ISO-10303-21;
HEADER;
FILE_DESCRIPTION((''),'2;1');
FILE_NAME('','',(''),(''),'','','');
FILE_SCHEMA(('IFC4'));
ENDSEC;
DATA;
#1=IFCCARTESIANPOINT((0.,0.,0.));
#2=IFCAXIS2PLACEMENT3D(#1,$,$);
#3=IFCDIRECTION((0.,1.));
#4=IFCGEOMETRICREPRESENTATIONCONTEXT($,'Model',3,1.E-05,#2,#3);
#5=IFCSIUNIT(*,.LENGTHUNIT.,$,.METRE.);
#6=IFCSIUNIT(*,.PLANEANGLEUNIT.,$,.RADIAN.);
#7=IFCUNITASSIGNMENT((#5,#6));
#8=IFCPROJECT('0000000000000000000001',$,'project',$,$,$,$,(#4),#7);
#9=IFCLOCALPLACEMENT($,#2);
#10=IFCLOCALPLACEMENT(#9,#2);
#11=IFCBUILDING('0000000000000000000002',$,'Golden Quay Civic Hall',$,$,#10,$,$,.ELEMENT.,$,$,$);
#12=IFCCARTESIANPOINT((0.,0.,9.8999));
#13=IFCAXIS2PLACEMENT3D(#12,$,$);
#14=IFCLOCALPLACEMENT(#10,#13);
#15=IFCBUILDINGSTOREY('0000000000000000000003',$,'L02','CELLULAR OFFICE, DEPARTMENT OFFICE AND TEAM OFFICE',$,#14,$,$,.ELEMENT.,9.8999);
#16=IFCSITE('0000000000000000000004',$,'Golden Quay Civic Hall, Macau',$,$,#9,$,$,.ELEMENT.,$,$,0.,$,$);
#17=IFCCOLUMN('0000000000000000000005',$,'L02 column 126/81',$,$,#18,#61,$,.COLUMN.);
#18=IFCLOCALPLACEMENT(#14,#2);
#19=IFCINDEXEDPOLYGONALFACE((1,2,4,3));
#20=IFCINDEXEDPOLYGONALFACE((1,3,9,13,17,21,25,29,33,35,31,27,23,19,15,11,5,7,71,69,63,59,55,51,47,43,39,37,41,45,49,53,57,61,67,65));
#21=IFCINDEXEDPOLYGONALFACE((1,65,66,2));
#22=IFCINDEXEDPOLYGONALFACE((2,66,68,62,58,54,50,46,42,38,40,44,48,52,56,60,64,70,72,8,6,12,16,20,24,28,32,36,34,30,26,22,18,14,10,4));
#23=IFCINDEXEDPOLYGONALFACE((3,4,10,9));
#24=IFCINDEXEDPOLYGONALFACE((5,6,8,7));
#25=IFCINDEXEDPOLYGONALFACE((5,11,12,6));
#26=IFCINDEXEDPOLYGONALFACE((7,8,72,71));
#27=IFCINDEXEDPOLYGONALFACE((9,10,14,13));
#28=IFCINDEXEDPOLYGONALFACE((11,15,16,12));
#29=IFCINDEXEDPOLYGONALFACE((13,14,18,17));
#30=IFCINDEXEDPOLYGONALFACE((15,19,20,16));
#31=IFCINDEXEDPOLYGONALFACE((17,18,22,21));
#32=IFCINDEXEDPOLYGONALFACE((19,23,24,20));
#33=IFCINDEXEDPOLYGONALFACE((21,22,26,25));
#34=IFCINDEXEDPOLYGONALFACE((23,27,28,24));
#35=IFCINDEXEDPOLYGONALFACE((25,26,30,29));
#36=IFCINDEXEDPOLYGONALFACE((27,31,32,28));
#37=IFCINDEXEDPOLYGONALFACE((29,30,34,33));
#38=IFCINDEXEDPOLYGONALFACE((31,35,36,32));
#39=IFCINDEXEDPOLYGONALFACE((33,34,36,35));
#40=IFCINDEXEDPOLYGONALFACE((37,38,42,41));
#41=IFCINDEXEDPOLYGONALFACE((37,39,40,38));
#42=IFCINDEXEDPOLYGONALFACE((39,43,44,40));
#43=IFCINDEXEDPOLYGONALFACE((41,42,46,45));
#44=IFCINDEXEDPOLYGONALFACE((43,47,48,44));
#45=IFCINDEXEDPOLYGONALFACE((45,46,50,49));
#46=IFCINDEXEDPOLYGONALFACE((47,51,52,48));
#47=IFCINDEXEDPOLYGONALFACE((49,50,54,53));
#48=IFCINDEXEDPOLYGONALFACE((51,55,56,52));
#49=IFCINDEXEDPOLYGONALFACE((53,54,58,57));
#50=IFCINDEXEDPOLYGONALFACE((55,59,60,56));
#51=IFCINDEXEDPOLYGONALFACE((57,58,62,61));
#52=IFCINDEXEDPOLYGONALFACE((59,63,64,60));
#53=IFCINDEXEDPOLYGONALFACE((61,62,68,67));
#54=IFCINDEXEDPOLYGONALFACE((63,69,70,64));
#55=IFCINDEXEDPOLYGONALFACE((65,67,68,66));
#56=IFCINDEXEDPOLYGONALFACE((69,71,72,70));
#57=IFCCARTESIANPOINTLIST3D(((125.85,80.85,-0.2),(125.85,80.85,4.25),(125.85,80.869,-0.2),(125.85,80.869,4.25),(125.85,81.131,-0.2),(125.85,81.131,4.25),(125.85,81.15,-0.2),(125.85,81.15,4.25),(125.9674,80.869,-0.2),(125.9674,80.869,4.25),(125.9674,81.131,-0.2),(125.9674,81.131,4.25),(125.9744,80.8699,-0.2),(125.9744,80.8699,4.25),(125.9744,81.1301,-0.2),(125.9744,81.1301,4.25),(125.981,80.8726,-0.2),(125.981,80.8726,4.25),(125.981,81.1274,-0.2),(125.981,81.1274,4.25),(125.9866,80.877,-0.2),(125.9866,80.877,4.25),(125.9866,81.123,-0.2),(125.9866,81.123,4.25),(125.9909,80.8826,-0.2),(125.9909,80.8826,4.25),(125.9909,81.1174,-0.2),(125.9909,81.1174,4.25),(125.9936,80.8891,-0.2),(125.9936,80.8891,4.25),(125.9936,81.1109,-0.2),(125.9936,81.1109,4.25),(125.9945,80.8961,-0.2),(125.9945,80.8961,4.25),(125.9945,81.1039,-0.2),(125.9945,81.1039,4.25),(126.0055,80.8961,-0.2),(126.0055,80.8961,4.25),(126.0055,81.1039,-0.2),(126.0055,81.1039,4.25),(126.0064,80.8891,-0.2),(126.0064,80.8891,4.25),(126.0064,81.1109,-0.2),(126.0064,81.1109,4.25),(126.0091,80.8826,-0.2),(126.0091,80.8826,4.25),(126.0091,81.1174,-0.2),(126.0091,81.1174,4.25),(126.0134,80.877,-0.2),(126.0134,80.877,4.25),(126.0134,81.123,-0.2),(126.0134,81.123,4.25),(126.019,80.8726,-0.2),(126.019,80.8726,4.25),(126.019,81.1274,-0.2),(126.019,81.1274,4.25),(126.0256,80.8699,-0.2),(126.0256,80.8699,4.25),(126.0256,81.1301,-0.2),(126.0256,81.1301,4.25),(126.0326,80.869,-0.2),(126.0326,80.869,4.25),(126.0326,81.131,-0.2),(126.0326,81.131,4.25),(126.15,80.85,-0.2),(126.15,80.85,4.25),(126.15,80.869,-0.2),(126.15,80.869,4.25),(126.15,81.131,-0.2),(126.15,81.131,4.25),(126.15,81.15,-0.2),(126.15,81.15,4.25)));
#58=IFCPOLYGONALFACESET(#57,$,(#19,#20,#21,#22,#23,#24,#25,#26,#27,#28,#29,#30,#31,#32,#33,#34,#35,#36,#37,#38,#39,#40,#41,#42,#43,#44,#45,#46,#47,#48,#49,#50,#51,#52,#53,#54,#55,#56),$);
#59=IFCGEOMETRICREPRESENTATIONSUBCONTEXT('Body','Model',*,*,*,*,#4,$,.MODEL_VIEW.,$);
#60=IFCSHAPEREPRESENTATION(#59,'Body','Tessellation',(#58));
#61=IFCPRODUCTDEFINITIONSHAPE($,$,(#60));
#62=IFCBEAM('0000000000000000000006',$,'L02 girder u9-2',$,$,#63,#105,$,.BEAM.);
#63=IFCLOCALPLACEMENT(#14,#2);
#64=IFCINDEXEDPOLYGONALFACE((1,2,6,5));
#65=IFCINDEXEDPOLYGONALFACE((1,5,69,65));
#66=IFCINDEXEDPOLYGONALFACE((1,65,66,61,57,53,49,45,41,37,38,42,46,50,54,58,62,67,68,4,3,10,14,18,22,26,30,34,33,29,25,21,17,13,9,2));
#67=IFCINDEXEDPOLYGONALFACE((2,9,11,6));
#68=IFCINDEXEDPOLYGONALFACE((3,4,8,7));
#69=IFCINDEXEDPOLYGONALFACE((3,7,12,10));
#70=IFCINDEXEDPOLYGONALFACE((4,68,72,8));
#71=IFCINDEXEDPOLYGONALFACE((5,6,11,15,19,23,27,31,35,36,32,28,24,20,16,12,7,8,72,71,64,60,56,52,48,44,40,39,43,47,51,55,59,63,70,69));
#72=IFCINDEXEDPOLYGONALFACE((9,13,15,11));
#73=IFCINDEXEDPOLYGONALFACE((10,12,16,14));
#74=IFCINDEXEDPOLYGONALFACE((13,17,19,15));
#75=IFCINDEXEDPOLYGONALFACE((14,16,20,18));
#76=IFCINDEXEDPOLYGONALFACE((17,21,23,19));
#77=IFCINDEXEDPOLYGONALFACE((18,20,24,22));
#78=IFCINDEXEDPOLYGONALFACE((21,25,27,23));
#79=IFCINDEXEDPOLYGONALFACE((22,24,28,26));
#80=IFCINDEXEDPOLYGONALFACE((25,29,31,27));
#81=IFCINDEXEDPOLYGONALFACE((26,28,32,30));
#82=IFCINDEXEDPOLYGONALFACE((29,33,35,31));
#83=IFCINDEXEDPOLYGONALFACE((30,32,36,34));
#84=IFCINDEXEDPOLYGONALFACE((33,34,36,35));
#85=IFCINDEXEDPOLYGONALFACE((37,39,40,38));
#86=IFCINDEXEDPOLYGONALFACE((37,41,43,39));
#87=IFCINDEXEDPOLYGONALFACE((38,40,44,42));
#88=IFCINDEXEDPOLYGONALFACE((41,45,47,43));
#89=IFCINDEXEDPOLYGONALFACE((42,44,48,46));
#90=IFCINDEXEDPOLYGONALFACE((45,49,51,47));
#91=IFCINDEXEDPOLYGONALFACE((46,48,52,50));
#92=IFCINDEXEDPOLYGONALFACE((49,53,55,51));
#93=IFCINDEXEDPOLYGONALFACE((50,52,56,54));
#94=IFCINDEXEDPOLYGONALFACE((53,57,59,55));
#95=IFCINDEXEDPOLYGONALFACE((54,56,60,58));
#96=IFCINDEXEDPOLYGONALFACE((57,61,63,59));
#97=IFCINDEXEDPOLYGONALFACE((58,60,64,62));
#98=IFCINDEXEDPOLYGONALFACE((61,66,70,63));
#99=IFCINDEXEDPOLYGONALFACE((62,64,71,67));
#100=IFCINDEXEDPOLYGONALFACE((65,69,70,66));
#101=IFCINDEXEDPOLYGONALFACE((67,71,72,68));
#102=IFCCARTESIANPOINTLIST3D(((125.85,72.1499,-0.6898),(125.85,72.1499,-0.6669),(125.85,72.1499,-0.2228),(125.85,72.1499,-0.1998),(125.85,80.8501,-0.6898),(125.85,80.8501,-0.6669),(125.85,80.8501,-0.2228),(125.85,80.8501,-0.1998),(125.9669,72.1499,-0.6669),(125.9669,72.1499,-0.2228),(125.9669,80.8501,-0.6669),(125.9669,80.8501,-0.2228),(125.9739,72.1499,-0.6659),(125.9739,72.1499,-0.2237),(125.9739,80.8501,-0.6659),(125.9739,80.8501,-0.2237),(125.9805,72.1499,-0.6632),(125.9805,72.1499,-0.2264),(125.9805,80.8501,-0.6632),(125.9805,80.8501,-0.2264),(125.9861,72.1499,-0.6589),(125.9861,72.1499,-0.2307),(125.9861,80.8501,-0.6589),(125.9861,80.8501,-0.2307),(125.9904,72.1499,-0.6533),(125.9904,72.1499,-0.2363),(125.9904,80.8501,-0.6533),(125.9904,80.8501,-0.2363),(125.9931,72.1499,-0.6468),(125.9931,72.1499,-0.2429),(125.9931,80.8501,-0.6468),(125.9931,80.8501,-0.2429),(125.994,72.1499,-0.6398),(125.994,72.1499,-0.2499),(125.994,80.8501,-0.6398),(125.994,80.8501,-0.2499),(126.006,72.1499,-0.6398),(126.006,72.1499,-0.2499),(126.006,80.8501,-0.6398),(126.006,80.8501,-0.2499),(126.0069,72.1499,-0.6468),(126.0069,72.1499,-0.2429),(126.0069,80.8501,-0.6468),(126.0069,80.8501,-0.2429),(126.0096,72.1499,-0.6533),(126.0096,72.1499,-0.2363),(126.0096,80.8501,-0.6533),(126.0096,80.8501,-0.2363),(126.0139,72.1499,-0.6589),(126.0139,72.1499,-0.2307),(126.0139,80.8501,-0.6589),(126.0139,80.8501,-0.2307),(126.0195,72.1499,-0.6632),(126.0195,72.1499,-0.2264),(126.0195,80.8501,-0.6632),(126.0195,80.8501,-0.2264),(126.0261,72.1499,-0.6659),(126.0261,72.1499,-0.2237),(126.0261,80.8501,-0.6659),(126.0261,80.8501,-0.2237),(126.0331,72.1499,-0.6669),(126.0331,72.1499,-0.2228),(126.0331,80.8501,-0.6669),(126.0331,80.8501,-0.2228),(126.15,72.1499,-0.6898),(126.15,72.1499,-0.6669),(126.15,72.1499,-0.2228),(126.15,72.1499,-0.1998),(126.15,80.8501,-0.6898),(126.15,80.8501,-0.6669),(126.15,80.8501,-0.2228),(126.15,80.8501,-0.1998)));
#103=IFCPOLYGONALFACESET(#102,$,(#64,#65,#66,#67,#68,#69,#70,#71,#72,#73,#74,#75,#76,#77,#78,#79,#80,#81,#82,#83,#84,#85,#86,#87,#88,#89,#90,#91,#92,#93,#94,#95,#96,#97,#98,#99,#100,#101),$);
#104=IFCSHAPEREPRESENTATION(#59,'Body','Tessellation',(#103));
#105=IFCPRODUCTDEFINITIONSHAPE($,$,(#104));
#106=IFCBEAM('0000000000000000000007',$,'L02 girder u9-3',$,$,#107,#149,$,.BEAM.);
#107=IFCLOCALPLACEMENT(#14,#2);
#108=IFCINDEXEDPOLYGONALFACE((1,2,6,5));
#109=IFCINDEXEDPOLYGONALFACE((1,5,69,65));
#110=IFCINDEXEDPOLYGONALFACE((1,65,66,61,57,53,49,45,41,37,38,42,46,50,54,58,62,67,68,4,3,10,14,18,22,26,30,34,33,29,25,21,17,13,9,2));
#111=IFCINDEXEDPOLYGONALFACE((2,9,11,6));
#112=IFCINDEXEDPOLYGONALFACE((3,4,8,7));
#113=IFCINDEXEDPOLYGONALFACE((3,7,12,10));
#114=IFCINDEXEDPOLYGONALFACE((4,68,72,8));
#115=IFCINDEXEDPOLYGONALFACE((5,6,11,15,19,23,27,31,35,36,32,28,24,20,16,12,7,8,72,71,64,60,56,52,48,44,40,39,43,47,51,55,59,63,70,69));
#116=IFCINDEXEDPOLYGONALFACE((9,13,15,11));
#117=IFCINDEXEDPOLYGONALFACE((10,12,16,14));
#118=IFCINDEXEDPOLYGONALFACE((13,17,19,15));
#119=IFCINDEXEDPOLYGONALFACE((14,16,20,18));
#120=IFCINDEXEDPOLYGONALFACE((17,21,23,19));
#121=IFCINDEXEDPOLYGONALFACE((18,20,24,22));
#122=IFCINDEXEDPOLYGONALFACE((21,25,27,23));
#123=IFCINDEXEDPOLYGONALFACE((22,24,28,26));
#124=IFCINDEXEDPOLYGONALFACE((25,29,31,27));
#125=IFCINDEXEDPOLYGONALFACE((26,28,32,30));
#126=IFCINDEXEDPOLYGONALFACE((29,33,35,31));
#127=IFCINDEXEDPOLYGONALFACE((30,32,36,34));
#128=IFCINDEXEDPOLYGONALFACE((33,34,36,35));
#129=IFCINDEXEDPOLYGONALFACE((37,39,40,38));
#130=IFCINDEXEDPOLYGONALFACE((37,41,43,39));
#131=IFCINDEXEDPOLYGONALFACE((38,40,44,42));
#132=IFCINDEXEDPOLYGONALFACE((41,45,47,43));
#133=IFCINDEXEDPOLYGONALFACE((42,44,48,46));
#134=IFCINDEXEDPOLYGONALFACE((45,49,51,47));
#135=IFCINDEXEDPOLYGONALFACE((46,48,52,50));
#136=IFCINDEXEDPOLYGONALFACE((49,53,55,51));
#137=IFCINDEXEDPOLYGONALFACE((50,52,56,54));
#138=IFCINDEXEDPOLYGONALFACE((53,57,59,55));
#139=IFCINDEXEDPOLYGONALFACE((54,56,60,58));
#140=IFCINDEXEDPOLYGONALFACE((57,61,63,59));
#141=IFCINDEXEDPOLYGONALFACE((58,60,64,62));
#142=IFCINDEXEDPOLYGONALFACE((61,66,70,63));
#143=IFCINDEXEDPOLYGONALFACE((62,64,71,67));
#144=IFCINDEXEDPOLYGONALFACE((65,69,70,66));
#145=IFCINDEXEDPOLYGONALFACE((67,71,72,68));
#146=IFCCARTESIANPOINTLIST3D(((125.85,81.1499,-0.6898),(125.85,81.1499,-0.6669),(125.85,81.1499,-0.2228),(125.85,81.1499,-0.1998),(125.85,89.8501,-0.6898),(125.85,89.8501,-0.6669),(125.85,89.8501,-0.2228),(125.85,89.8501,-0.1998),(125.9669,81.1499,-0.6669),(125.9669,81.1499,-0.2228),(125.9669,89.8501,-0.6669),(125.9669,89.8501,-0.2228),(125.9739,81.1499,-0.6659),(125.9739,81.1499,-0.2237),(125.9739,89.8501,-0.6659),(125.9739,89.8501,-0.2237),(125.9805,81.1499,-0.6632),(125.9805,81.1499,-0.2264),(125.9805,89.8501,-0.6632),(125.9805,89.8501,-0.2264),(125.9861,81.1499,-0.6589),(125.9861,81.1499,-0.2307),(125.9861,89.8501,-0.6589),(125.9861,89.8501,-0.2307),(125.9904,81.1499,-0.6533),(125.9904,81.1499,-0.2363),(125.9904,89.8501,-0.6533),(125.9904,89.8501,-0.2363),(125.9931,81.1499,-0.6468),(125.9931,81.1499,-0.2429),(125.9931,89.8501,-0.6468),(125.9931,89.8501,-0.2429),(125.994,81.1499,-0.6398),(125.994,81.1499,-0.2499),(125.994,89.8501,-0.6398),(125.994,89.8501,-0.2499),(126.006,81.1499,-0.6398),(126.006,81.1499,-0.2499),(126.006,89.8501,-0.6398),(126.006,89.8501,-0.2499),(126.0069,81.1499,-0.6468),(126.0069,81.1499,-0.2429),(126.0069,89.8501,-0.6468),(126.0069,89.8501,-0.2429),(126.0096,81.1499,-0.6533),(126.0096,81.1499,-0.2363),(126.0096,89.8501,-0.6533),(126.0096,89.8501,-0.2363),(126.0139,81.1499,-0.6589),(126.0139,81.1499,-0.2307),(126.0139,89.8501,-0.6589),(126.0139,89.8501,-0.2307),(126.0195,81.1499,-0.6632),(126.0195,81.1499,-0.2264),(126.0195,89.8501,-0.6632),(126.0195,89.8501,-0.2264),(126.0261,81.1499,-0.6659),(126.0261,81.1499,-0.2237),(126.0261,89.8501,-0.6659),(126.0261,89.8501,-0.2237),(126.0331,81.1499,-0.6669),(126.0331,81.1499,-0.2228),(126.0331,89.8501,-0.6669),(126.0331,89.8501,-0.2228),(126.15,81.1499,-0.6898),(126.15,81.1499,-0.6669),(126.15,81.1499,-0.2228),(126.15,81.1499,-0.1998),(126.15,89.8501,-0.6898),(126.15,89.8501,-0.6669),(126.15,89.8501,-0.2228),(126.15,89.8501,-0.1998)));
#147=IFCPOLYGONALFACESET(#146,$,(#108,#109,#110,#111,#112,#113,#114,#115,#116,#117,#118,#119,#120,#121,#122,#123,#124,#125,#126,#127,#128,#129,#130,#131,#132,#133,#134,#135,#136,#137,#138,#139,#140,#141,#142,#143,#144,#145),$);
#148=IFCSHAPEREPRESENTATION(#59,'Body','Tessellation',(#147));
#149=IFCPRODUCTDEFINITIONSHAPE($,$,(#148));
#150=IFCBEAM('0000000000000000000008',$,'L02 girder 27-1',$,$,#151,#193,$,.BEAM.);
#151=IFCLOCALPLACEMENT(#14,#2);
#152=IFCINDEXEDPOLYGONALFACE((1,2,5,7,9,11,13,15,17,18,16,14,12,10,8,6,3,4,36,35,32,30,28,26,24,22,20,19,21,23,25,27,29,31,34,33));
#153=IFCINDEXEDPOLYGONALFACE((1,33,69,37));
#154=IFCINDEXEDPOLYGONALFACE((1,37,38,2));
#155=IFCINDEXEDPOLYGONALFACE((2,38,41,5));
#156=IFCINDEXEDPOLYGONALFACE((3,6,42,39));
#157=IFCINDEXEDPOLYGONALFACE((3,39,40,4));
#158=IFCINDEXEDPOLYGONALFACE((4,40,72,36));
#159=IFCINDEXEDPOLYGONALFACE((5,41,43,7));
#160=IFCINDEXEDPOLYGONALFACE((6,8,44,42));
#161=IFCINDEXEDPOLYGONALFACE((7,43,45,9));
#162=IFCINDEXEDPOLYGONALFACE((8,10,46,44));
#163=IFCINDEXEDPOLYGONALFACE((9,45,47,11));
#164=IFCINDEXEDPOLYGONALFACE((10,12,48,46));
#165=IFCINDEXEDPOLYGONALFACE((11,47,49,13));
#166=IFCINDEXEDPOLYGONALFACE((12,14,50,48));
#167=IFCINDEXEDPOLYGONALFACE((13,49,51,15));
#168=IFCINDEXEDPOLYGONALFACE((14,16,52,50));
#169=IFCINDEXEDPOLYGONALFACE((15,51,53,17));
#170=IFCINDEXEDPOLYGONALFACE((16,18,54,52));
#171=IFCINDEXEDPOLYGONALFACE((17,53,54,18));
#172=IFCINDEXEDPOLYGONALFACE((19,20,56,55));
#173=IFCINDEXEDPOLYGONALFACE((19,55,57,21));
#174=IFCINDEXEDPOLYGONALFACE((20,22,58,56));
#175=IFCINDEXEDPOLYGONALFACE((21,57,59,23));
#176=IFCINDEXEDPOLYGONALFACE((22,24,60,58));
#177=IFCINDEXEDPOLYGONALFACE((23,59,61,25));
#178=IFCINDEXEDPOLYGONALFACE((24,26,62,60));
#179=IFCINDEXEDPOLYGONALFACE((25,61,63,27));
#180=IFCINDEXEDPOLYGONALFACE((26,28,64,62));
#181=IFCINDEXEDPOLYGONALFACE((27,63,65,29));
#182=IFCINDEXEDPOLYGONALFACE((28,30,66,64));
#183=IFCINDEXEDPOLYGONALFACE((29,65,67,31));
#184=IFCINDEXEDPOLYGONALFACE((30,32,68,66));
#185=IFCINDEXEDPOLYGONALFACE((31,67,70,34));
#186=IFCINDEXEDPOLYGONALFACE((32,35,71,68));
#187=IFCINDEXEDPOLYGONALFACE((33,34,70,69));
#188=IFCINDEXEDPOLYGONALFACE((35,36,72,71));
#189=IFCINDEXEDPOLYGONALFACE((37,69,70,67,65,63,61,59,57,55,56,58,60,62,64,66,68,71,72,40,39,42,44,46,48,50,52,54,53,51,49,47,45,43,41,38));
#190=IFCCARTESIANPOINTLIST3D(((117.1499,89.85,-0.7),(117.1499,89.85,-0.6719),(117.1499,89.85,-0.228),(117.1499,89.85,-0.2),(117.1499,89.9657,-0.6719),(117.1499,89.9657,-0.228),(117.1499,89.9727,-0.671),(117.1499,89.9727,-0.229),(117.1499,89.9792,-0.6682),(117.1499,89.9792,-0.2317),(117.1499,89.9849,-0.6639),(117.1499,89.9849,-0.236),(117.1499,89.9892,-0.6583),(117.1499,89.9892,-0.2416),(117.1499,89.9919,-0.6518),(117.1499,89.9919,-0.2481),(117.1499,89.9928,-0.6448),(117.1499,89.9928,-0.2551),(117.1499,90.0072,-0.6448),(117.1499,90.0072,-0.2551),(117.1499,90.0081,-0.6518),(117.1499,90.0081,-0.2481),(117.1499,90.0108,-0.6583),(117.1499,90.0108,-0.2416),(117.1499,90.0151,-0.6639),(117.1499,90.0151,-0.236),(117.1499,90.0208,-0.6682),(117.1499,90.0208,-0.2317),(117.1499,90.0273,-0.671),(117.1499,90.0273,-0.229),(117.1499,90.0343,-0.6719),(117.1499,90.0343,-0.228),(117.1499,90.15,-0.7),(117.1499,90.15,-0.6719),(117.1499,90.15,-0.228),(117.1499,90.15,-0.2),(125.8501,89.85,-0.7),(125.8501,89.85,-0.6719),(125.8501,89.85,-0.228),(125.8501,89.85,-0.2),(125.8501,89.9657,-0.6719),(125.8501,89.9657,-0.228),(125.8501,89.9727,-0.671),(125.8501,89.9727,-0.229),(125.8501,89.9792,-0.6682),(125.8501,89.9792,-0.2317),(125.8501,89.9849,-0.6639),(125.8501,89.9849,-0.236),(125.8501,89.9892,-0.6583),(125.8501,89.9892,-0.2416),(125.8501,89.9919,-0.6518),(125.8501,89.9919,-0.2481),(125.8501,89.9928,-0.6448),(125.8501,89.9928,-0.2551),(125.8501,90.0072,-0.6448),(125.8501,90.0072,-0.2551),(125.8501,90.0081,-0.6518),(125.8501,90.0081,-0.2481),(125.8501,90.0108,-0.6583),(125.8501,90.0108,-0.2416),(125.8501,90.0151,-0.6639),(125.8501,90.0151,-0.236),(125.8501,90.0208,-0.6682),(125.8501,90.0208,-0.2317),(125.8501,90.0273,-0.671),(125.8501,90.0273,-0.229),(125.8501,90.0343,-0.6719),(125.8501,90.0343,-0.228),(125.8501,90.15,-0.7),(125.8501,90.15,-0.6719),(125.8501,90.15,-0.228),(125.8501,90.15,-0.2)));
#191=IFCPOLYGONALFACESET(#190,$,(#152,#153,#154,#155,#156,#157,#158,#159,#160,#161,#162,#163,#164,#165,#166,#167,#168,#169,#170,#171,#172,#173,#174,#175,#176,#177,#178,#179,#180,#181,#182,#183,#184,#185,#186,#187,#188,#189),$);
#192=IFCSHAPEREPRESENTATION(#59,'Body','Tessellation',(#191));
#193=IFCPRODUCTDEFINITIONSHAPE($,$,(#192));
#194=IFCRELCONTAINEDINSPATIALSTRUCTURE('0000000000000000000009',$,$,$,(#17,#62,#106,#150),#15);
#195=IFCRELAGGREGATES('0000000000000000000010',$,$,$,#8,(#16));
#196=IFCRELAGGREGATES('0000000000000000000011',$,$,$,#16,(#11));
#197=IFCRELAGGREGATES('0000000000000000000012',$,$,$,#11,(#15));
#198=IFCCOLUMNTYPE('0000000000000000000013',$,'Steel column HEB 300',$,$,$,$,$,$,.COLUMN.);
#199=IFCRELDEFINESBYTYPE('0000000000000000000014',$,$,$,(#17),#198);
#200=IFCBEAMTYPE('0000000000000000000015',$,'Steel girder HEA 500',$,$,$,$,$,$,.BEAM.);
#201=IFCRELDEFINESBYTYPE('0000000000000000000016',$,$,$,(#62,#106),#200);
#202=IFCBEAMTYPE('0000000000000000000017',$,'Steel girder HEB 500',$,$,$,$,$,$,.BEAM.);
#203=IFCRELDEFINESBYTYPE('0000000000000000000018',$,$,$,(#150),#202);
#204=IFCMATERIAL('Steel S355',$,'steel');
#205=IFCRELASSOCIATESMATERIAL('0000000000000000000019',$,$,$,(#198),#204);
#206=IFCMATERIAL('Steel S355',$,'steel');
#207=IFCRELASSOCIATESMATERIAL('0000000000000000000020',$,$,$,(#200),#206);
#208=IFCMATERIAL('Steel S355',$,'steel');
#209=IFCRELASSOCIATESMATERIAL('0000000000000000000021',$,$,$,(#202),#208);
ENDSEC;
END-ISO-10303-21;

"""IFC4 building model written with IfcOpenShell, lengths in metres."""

from ifc_helpers import new_model, si_unit, direction, frame, origin, origin_2d, place, context, subcontext, project, spatial, i_section, extrude, material, material_profile, profile_set, type_object, element, save


model = new_model("IFC4")

# Units and contexts
model_context = context("Model", 3, precision=1e-05, world=origin(), true_north=direction((0.0, 1.0)))
body_context = subcontext(model_context, "Body", "Model", "MODEL_VIEW")
ifc_project = project(units=[si_unit("LENGTHUNIT", "METRE"), si_unit("PLANEANGLEUNIT", "RADIAN")], contexts=[model_context])

# Site, building, storey
site_placement = place(None, origin())
site = spatial("IfcSite", under=ifc_project, at=site_placement, Name="Golden Quay Civic Hall, Macau", CompositionType="ELEMENT", RefElevation=0.0)
building_placement = place(site_placement, origin())
building = spatial("IfcBuilding", under=site, at=building_placement, Name="Golden Quay Civic Hall", CompositionType="ELEMENT")
storey_placement = place(building_placement, frame((0.0, 0.0, 9.8999)))
storey = spatial("IfcBuildingStorey", under=building, at=storey_placement, Name="L02", Description="CELLULAR OFFICE, DEPARTMENT OFFICE AND TEAM OFFICE", CompositionType="ELEMENT", Elevation=9.8999)

# Column
ifc_material_1 = material(Name="Steel S355", Category="steel")
ifc_material_profile_1 = material_profile(ifc_material_1, i_section(OverallWidth=0.3, OverallDepth=0.3, WebThickness=0.011, FlangeThickness=0.019, FilletRadius=0.0271, at=origin_2d()), Name="HEB 300")
ifc_profile_set_1 = profile_set([ifc_material_profile_1], Name="Steel S355")
column_type = type_object("IfcColumnType", Name="Steel column HEB 300", PredefinedType="COLUMN", material=ifc_profile_set_1)
column_placement = place(storey_placement, frame((126.0, 81.0, -0.2), z_axis=(0.0, 0.0, 1.0), x_axis=(1.0, 0.0, 0.0)))
element("IfcColumn", 1, at=column_placement, inside=storey, type_object=column_type, Name="L02 column 126/81", PredefinedType="COLUMN", context=body_context, shape_type="SweptSolid", body=[
    extrude(i_section(OverallWidth=0.3, OverallDepth=0.3, WebThickness=0.011, FlangeThickness=0.019, FilletRadius=0.0271, at=origin_2d()), origin(), (0.0, 0.0, 1.0), 4.45),
])

# Beams
ifc_material_2 = material(Name="Steel S355", Category="steel")
ifc_material_profile_2 = material_profile(ifc_material_2, i_section(OverallWidth=0.3, OverallDepth=0.49, WebThickness=0.012, FlangeThickness=0.0229, FilletRadius=0.0271, at=origin_2d()), Name="HEA 500")
ifc_profile_set_2 = profile_set([ifc_material_profile_2], Name="Steel S355")
beam_type_1 = type_object("IfcBeamType", Name="Steel girder HEA 500", PredefinedType="BEAM", material=ifc_profile_set_2)
for number, where, z_axis, x_axis, name in (
    (2, (126.0, 72.1499, -0.4448), (0.0, 1.0, 0.0), (-1.0, 0.0, 0.0), "L02 girder u9-2"),
    (3, (126.0, 81.1499, -0.4448), (0.0, 1.0, 0.0), (-1.0, 0.0, 0.0), "L02 girder u9-3"),
):
    element("IfcBeam", number, at=place(storey_placement, frame(where, z_axis=z_axis, x_axis=x_axis)), inside=storey, type_object=beam_type_1, Name=name, PredefinedType="BEAM", context=body_context, shape_type="SweptSolid", body=[
        extrude(i_section(OverallWidth=0.3, OverallDepth=0.49, WebThickness=0.012, FlangeThickness=0.0229, FilletRadius=0.0271, at=origin_2d()), origin(), (0.0, 0.0, 1.0), 8.7002),
    ])
ifc_material_3 = material(Name="Steel S355", Category="steel")
ifc_material_profile_3 = material_profile(ifc_material_3, i_section(OverallWidth=0.3, OverallDepth=0.5, WebThickness=0.0144, FlangeThickness=0.0281, FilletRadius=0.0271, at=origin_2d()), Name="HEB 500")
ifc_profile_set_3 = profile_set([ifc_material_profile_3], Name="Steel S355")
beam_type_2 = type_object("IfcBeamType", Name="Steel girder HEB 500", PredefinedType="BEAM", material=ifc_profile_set_3)
beam_placement = place(storey_placement, frame((117.1499, 90.0, -0.45), z_axis=(1.0, 0.0, 0.0), x_axis=(0.0, 1.0, 0.0)))
element("IfcBeam", 4, at=beam_placement, inside=storey, type_object=beam_type_2, Name="L02 girder 27-1", PredefinedType="BEAM", context=body_context, shape_type="SweptSolid", body=[
    extrude(i_section(OverallWidth=0.3, OverallDepth=0.5, WebThickness=0.0144, FlangeThickness=0.0281, FilletRadius=0.0271, at=origin_2d()), origin(), (0.0, 0.0, 1.0), 8.7002),
])

save(model, "model.ifc")
